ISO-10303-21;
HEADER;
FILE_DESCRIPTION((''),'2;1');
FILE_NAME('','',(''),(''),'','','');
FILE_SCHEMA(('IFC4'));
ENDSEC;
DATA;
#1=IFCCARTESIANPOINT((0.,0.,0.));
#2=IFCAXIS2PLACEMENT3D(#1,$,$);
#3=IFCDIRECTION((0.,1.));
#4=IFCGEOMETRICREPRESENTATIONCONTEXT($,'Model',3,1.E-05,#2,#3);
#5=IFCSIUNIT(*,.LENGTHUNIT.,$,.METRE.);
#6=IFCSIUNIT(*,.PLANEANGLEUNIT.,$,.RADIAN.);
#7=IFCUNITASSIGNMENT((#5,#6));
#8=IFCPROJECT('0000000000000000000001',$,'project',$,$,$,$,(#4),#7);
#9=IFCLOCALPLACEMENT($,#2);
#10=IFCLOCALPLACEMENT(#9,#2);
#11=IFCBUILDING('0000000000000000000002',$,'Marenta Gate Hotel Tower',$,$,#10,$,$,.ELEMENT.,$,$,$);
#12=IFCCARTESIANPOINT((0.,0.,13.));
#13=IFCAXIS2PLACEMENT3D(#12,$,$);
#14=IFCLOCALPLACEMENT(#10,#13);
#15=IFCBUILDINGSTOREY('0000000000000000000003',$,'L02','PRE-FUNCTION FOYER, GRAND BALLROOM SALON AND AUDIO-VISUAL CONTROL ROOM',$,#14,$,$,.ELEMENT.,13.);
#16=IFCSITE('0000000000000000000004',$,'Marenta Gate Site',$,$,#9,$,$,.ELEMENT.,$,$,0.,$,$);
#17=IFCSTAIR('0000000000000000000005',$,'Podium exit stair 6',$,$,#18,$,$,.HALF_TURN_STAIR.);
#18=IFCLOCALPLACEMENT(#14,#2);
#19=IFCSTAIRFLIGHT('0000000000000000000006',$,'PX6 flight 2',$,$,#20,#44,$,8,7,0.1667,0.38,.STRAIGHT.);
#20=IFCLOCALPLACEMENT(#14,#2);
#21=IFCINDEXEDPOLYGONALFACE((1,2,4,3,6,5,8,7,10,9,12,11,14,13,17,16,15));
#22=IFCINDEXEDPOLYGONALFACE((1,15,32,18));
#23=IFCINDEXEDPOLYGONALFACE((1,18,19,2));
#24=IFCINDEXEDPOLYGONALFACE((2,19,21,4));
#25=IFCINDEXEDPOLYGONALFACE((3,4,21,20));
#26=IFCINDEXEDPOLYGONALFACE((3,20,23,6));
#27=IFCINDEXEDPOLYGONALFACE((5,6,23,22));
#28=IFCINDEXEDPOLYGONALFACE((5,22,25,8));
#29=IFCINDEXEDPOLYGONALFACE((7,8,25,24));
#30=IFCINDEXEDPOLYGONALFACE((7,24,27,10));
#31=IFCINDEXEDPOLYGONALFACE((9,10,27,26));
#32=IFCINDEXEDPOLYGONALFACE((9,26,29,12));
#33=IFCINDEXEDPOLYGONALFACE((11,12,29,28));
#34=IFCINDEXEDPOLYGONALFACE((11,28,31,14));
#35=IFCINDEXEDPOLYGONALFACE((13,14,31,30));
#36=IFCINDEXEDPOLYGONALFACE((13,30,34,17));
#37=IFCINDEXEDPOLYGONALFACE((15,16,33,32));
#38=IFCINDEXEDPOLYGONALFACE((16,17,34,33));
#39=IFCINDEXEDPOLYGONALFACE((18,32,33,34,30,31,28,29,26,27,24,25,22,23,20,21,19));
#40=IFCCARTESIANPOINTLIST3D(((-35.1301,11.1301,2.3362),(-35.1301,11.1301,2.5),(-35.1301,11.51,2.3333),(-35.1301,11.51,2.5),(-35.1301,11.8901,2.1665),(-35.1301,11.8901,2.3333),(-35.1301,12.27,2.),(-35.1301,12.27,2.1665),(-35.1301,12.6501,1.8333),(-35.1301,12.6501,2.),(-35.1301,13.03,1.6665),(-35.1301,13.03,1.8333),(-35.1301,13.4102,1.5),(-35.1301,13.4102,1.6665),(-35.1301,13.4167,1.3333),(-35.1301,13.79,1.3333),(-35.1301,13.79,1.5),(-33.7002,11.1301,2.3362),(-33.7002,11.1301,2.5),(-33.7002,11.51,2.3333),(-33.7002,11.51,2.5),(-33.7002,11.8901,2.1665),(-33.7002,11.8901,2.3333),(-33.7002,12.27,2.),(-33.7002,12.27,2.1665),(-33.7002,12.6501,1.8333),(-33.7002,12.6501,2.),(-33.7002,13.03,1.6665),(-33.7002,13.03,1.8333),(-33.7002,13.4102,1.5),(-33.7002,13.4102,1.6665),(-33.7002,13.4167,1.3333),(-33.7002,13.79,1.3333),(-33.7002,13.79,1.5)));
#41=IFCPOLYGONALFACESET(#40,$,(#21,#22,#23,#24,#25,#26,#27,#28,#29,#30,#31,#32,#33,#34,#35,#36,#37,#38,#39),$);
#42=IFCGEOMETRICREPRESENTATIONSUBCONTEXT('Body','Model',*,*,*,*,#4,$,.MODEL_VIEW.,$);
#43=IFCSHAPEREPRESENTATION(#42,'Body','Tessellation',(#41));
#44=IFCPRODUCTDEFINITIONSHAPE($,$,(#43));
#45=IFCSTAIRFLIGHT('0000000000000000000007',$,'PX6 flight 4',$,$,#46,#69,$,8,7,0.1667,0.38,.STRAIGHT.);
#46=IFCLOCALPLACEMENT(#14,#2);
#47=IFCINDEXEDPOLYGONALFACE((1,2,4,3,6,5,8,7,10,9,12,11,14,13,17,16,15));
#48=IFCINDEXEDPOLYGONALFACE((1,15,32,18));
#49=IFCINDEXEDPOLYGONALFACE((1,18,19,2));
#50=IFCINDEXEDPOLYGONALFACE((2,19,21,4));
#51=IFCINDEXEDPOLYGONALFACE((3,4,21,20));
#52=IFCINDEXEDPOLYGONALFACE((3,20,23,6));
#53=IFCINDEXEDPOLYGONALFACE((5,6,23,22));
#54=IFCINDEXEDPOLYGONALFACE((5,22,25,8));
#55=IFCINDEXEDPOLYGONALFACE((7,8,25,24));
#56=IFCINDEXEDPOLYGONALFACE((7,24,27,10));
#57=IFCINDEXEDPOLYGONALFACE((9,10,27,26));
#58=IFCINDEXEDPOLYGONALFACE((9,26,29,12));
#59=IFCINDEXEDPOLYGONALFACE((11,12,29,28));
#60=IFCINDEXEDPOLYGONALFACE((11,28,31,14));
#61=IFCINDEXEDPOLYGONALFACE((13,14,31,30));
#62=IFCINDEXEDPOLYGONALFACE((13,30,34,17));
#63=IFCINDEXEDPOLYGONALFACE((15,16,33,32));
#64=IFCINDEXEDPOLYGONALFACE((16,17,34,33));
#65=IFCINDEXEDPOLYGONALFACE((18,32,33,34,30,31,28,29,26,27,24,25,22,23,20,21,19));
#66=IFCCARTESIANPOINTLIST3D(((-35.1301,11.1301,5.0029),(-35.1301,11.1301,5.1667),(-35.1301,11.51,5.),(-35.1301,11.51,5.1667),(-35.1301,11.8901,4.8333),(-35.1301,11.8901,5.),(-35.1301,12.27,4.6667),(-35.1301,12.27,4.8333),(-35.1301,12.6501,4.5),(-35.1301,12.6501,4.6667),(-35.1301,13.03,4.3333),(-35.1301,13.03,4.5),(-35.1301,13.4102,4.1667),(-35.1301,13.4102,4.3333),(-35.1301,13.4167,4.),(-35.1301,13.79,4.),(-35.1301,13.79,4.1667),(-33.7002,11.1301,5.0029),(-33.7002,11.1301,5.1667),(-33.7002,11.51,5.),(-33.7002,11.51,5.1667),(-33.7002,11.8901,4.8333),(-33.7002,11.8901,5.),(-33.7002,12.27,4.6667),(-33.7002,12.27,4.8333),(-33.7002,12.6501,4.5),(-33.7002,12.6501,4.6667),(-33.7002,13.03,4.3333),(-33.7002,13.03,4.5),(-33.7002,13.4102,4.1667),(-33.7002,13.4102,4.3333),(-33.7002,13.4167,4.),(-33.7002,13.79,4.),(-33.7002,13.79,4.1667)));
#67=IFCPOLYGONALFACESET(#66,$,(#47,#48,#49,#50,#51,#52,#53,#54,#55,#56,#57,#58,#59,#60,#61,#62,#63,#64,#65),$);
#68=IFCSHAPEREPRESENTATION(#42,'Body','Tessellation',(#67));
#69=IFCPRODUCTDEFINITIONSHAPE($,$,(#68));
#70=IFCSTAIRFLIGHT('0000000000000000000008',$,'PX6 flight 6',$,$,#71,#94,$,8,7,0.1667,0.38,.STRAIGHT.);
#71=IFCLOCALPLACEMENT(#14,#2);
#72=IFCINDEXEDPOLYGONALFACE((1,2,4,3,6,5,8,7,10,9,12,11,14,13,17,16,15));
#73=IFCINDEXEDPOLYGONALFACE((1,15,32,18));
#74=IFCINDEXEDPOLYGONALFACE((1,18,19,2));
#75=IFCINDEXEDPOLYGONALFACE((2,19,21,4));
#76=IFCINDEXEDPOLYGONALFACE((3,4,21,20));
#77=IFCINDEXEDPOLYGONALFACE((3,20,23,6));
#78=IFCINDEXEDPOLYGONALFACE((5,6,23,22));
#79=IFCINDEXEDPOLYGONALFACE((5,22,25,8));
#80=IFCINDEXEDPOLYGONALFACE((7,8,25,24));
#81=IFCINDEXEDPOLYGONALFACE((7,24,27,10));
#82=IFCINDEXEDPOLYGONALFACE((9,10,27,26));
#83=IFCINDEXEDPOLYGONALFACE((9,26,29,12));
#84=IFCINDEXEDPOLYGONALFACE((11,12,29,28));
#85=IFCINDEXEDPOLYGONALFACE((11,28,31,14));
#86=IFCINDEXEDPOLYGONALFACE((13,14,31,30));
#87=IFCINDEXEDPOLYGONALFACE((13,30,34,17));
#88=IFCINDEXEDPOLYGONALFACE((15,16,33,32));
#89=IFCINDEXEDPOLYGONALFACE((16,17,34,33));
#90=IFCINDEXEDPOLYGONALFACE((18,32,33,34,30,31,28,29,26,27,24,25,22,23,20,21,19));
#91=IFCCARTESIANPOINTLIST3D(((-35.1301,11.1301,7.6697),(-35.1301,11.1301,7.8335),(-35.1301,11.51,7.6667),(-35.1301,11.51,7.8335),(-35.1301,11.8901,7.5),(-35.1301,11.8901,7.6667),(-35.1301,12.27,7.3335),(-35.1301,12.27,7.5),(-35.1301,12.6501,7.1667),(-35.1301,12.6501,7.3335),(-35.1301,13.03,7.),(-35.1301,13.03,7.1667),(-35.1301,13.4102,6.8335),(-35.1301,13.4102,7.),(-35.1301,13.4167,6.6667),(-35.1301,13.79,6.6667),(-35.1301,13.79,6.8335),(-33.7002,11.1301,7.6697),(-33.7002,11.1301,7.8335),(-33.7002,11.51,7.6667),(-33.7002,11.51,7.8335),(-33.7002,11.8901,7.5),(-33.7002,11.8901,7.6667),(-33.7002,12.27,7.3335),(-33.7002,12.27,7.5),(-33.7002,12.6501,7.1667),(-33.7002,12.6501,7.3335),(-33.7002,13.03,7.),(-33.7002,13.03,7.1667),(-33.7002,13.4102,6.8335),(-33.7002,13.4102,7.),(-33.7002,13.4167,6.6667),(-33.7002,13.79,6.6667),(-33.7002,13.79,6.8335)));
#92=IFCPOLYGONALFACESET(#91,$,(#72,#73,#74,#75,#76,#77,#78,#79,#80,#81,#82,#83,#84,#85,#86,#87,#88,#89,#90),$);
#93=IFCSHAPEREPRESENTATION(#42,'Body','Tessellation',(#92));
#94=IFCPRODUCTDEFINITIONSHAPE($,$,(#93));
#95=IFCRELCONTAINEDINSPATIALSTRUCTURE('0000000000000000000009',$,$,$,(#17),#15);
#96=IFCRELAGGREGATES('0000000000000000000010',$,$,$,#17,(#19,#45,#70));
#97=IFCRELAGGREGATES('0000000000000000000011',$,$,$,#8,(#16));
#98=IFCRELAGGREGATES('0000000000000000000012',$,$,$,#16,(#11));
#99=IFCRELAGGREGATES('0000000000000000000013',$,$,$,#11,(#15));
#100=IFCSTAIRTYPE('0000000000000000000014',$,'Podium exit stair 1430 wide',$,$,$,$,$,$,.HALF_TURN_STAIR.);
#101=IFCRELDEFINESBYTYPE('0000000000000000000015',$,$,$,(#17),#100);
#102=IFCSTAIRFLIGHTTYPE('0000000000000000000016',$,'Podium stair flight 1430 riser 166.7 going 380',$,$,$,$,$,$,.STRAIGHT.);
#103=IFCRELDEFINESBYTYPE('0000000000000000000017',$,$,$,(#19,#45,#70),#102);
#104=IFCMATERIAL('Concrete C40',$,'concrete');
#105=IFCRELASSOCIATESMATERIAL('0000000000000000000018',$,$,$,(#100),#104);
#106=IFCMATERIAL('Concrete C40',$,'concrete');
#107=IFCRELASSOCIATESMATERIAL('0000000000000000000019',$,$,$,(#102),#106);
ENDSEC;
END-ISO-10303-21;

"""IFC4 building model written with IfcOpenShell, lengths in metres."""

from ifc_helpers import new_model, si_unit, direction, frame, origin, place, context, subcontext, project, spatial, polyline, outline, extrude, material, type_object, element, aggregate, save


model = new_model("IFC4")

# Units and contexts
model_context = context("Model", 3, precision=1e-05, world=origin(), true_north=direction((0.0, 1.0)))
body_context = subcontext(model_context, "Body", "Model", "MODEL_VIEW")
ifc_project = project(units=[si_unit("LENGTHUNIT", "METRE"), si_unit("PLANEANGLEUNIT", "RADIAN")], contexts=[model_context])

# Site, building, storey
site_placement = place(None, origin())
site = spatial("IfcSite", under=ifc_project, at=site_placement, Name="Marenta Gate Site", CompositionType="ELEMENT", RefElevation=0.0)
building_placement = place(site_placement, origin())
building = spatial("IfcBuilding", under=site, at=building_placement, Name="Marenta Gate Hotel Tower", CompositionType="ELEMENT")
storey_placement = place(building_placement, frame((0.0, 0.0, 13.0)))
storey = spatial("IfcBuildingStorey", under=building, at=storey_placement, Name="L02", Description="PRE-FUNCTION FOYER, GRAND BALLROOM SALON AND AUDIO-VISUAL CONTROL ROOM", CompositionType="ELEMENT", Elevation=13.0)

# Stair, stair flights
ifc_material_1 = material(Name="Concrete C40", Category="concrete")
stair_type = type_object("IfcStairType", Name="Podium exit stair 1430 wide", PredefinedType="HALF_TURN_STAIR", material=ifc_material_1)
stair_placement = place(storey_placement, origin())
stair = element("IfcStair", 1, at=stair_placement, inside=storey, type_object=stair_type, Name="Podium exit stair 6", PredefinedType="HALF_TURN_STAIR")
ifc_material_2 = material(Name="Concrete C40", Category="concrete")
stair_flight_type = type_object("IfcStairFlightType", Name="Podium stair flight 1430 riser 166.7 going 380", PredefinedType="STRAIGHT", material=ifc_material_2)
stair_flight_1_placement = place(storey_placement, frame((-34.415, 13.79, 1.3333), z_axis=(0.0, 0.0, 1.0), x_axis=(0.0, -1.0, 0.0)))
stair_flight_1 = element("IfcStairFlight", 2, at=stair_flight_1_placement, type_object=stair_flight_type, Name="PX6 flight 2", NumberOfRisers=8, NumberOfTreads=7, PredefinedType="STRAIGHT", RiserHeight=0.1667, TreadLength=0.38, context=body_context, shape_type="SweptSolid", body=[
    extrude(outline(polyline([(0.0, 0.0), (0.0, 0.1667), (0.3799, 0.1667), (0.3799, 0.3333), (0.76, 0.3333), (0.76, 0.5), (1.1399, 0.5), (1.1399, 0.6667), (1.52, 0.6667), (1.52, 0.8333), (1.8999, 0.8333), (1.8999, 1.0), (2.28, 1.0), (2.28, 1.1667), (2.6599, 1.1667), (2.6599, 1.3333), (2.6599, 1.0029), (0.3733, 0.0), (0.0, 0.0)])), frame((0.0, 0.7148, 0.0), z_axis=(0.0, -1.0, 0.0), x_axis=(1.0, 0.0, 0.0)), (0.0, 0.0, 1.0), 1.4299),
])
stair_flight_2_placement = place(storey_placement, frame((-34.415, 13.79, 4.0), z_axis=(0.0, 0.0, 1.0), x_axis=(0.0, -1.0, 0.0)))
stair_flight_2 = element("IfcStairFlight", 3, at=stair_flight_2_placement, type_object=stair_flight_type, Name="PX6 flight 4", NumberOfRisers=8, NumberOfTreads=7, PredefinedType="STRAIGHT", RiserHeight=0.1667, TreadLength=0.38, context=body_context, shape_type="SweptSolid", body=[
    extrude(outline(polyline([(0.0, 0.0), (0.0, 0.1667), (0.3799, 0.1667), (0.3799, 0.3333), (0.76, 0.3333), (0.76, 0.5), (1.1399, 0.5), (1.1399, 0.6667), (1.52, 0.6667), (1.52, 0.8333), (1.8999, 0.8333), (1.8999, 1.0), (2.28, 1.0), (2.28, 1.1667), (2.6599, 1.1667), (2.6599, 1.3333), (2.6599, 1.0029), (0.3733, 0.0), (0.0, 0.0)])), frame((0.0, 0.7148, 0.0), z_axis=(0.0, -1.0, 0.0), x_axis=(1.0, 0.0, 0.0)), (0.0, 0.0, 1.0), 1.4299),
])
stair_flight_3_placement = place(storey_placement, frame((-34.415, 13.79, 6.6667), z_axis=(0.0, 0.0, 1.0), x_axis=(0.0, -1.0, 0.0)))
stair_flight_3 = element("IfcStairFlight", 4, at=stair_flight_3_placement, type_object=stair_flight_type, Name="PX6 flight 6", NumberOfRisers=8, NumberOfTreads=7, PredefinedType="STRAIGHT", RiserHeight=0.1667, TreadLength=0.38, context=body_context, shape_type="SweptSolid", body=[
    extrude(outline(polyline([(0.0, 0.0), (0.0, 0.1667), (0.3799, 0.1667), (0.3799, 0.3333), (0.76, 0.3333), (0.76, 0.5), (1.1399, 0.5), (1.1399, 0.6667), (1.52, 0.6667), (1.52, 0.8333), (1.8999, 0.8333), (1.8999, 1.0), (2.28, 1.0), (2.28, 1.1667), (2.6599, 1.1667), (2.6599, 1.3333), (2.6599, 1.0029), (0.3733, 0.0), (0.0, 0.0)])), frame((0.0, 0.7148, 0.0), z_axis=(0.0, -1.0, 0.0), x_axis=(1.0, 0.0, 0.0)), (0.0, 0.0, 1.0), 1.4299),
])
aggregate(stair, [stair_flight_1, stair_flight_2, stair_flight_3])

save(model, "model.ifc")
